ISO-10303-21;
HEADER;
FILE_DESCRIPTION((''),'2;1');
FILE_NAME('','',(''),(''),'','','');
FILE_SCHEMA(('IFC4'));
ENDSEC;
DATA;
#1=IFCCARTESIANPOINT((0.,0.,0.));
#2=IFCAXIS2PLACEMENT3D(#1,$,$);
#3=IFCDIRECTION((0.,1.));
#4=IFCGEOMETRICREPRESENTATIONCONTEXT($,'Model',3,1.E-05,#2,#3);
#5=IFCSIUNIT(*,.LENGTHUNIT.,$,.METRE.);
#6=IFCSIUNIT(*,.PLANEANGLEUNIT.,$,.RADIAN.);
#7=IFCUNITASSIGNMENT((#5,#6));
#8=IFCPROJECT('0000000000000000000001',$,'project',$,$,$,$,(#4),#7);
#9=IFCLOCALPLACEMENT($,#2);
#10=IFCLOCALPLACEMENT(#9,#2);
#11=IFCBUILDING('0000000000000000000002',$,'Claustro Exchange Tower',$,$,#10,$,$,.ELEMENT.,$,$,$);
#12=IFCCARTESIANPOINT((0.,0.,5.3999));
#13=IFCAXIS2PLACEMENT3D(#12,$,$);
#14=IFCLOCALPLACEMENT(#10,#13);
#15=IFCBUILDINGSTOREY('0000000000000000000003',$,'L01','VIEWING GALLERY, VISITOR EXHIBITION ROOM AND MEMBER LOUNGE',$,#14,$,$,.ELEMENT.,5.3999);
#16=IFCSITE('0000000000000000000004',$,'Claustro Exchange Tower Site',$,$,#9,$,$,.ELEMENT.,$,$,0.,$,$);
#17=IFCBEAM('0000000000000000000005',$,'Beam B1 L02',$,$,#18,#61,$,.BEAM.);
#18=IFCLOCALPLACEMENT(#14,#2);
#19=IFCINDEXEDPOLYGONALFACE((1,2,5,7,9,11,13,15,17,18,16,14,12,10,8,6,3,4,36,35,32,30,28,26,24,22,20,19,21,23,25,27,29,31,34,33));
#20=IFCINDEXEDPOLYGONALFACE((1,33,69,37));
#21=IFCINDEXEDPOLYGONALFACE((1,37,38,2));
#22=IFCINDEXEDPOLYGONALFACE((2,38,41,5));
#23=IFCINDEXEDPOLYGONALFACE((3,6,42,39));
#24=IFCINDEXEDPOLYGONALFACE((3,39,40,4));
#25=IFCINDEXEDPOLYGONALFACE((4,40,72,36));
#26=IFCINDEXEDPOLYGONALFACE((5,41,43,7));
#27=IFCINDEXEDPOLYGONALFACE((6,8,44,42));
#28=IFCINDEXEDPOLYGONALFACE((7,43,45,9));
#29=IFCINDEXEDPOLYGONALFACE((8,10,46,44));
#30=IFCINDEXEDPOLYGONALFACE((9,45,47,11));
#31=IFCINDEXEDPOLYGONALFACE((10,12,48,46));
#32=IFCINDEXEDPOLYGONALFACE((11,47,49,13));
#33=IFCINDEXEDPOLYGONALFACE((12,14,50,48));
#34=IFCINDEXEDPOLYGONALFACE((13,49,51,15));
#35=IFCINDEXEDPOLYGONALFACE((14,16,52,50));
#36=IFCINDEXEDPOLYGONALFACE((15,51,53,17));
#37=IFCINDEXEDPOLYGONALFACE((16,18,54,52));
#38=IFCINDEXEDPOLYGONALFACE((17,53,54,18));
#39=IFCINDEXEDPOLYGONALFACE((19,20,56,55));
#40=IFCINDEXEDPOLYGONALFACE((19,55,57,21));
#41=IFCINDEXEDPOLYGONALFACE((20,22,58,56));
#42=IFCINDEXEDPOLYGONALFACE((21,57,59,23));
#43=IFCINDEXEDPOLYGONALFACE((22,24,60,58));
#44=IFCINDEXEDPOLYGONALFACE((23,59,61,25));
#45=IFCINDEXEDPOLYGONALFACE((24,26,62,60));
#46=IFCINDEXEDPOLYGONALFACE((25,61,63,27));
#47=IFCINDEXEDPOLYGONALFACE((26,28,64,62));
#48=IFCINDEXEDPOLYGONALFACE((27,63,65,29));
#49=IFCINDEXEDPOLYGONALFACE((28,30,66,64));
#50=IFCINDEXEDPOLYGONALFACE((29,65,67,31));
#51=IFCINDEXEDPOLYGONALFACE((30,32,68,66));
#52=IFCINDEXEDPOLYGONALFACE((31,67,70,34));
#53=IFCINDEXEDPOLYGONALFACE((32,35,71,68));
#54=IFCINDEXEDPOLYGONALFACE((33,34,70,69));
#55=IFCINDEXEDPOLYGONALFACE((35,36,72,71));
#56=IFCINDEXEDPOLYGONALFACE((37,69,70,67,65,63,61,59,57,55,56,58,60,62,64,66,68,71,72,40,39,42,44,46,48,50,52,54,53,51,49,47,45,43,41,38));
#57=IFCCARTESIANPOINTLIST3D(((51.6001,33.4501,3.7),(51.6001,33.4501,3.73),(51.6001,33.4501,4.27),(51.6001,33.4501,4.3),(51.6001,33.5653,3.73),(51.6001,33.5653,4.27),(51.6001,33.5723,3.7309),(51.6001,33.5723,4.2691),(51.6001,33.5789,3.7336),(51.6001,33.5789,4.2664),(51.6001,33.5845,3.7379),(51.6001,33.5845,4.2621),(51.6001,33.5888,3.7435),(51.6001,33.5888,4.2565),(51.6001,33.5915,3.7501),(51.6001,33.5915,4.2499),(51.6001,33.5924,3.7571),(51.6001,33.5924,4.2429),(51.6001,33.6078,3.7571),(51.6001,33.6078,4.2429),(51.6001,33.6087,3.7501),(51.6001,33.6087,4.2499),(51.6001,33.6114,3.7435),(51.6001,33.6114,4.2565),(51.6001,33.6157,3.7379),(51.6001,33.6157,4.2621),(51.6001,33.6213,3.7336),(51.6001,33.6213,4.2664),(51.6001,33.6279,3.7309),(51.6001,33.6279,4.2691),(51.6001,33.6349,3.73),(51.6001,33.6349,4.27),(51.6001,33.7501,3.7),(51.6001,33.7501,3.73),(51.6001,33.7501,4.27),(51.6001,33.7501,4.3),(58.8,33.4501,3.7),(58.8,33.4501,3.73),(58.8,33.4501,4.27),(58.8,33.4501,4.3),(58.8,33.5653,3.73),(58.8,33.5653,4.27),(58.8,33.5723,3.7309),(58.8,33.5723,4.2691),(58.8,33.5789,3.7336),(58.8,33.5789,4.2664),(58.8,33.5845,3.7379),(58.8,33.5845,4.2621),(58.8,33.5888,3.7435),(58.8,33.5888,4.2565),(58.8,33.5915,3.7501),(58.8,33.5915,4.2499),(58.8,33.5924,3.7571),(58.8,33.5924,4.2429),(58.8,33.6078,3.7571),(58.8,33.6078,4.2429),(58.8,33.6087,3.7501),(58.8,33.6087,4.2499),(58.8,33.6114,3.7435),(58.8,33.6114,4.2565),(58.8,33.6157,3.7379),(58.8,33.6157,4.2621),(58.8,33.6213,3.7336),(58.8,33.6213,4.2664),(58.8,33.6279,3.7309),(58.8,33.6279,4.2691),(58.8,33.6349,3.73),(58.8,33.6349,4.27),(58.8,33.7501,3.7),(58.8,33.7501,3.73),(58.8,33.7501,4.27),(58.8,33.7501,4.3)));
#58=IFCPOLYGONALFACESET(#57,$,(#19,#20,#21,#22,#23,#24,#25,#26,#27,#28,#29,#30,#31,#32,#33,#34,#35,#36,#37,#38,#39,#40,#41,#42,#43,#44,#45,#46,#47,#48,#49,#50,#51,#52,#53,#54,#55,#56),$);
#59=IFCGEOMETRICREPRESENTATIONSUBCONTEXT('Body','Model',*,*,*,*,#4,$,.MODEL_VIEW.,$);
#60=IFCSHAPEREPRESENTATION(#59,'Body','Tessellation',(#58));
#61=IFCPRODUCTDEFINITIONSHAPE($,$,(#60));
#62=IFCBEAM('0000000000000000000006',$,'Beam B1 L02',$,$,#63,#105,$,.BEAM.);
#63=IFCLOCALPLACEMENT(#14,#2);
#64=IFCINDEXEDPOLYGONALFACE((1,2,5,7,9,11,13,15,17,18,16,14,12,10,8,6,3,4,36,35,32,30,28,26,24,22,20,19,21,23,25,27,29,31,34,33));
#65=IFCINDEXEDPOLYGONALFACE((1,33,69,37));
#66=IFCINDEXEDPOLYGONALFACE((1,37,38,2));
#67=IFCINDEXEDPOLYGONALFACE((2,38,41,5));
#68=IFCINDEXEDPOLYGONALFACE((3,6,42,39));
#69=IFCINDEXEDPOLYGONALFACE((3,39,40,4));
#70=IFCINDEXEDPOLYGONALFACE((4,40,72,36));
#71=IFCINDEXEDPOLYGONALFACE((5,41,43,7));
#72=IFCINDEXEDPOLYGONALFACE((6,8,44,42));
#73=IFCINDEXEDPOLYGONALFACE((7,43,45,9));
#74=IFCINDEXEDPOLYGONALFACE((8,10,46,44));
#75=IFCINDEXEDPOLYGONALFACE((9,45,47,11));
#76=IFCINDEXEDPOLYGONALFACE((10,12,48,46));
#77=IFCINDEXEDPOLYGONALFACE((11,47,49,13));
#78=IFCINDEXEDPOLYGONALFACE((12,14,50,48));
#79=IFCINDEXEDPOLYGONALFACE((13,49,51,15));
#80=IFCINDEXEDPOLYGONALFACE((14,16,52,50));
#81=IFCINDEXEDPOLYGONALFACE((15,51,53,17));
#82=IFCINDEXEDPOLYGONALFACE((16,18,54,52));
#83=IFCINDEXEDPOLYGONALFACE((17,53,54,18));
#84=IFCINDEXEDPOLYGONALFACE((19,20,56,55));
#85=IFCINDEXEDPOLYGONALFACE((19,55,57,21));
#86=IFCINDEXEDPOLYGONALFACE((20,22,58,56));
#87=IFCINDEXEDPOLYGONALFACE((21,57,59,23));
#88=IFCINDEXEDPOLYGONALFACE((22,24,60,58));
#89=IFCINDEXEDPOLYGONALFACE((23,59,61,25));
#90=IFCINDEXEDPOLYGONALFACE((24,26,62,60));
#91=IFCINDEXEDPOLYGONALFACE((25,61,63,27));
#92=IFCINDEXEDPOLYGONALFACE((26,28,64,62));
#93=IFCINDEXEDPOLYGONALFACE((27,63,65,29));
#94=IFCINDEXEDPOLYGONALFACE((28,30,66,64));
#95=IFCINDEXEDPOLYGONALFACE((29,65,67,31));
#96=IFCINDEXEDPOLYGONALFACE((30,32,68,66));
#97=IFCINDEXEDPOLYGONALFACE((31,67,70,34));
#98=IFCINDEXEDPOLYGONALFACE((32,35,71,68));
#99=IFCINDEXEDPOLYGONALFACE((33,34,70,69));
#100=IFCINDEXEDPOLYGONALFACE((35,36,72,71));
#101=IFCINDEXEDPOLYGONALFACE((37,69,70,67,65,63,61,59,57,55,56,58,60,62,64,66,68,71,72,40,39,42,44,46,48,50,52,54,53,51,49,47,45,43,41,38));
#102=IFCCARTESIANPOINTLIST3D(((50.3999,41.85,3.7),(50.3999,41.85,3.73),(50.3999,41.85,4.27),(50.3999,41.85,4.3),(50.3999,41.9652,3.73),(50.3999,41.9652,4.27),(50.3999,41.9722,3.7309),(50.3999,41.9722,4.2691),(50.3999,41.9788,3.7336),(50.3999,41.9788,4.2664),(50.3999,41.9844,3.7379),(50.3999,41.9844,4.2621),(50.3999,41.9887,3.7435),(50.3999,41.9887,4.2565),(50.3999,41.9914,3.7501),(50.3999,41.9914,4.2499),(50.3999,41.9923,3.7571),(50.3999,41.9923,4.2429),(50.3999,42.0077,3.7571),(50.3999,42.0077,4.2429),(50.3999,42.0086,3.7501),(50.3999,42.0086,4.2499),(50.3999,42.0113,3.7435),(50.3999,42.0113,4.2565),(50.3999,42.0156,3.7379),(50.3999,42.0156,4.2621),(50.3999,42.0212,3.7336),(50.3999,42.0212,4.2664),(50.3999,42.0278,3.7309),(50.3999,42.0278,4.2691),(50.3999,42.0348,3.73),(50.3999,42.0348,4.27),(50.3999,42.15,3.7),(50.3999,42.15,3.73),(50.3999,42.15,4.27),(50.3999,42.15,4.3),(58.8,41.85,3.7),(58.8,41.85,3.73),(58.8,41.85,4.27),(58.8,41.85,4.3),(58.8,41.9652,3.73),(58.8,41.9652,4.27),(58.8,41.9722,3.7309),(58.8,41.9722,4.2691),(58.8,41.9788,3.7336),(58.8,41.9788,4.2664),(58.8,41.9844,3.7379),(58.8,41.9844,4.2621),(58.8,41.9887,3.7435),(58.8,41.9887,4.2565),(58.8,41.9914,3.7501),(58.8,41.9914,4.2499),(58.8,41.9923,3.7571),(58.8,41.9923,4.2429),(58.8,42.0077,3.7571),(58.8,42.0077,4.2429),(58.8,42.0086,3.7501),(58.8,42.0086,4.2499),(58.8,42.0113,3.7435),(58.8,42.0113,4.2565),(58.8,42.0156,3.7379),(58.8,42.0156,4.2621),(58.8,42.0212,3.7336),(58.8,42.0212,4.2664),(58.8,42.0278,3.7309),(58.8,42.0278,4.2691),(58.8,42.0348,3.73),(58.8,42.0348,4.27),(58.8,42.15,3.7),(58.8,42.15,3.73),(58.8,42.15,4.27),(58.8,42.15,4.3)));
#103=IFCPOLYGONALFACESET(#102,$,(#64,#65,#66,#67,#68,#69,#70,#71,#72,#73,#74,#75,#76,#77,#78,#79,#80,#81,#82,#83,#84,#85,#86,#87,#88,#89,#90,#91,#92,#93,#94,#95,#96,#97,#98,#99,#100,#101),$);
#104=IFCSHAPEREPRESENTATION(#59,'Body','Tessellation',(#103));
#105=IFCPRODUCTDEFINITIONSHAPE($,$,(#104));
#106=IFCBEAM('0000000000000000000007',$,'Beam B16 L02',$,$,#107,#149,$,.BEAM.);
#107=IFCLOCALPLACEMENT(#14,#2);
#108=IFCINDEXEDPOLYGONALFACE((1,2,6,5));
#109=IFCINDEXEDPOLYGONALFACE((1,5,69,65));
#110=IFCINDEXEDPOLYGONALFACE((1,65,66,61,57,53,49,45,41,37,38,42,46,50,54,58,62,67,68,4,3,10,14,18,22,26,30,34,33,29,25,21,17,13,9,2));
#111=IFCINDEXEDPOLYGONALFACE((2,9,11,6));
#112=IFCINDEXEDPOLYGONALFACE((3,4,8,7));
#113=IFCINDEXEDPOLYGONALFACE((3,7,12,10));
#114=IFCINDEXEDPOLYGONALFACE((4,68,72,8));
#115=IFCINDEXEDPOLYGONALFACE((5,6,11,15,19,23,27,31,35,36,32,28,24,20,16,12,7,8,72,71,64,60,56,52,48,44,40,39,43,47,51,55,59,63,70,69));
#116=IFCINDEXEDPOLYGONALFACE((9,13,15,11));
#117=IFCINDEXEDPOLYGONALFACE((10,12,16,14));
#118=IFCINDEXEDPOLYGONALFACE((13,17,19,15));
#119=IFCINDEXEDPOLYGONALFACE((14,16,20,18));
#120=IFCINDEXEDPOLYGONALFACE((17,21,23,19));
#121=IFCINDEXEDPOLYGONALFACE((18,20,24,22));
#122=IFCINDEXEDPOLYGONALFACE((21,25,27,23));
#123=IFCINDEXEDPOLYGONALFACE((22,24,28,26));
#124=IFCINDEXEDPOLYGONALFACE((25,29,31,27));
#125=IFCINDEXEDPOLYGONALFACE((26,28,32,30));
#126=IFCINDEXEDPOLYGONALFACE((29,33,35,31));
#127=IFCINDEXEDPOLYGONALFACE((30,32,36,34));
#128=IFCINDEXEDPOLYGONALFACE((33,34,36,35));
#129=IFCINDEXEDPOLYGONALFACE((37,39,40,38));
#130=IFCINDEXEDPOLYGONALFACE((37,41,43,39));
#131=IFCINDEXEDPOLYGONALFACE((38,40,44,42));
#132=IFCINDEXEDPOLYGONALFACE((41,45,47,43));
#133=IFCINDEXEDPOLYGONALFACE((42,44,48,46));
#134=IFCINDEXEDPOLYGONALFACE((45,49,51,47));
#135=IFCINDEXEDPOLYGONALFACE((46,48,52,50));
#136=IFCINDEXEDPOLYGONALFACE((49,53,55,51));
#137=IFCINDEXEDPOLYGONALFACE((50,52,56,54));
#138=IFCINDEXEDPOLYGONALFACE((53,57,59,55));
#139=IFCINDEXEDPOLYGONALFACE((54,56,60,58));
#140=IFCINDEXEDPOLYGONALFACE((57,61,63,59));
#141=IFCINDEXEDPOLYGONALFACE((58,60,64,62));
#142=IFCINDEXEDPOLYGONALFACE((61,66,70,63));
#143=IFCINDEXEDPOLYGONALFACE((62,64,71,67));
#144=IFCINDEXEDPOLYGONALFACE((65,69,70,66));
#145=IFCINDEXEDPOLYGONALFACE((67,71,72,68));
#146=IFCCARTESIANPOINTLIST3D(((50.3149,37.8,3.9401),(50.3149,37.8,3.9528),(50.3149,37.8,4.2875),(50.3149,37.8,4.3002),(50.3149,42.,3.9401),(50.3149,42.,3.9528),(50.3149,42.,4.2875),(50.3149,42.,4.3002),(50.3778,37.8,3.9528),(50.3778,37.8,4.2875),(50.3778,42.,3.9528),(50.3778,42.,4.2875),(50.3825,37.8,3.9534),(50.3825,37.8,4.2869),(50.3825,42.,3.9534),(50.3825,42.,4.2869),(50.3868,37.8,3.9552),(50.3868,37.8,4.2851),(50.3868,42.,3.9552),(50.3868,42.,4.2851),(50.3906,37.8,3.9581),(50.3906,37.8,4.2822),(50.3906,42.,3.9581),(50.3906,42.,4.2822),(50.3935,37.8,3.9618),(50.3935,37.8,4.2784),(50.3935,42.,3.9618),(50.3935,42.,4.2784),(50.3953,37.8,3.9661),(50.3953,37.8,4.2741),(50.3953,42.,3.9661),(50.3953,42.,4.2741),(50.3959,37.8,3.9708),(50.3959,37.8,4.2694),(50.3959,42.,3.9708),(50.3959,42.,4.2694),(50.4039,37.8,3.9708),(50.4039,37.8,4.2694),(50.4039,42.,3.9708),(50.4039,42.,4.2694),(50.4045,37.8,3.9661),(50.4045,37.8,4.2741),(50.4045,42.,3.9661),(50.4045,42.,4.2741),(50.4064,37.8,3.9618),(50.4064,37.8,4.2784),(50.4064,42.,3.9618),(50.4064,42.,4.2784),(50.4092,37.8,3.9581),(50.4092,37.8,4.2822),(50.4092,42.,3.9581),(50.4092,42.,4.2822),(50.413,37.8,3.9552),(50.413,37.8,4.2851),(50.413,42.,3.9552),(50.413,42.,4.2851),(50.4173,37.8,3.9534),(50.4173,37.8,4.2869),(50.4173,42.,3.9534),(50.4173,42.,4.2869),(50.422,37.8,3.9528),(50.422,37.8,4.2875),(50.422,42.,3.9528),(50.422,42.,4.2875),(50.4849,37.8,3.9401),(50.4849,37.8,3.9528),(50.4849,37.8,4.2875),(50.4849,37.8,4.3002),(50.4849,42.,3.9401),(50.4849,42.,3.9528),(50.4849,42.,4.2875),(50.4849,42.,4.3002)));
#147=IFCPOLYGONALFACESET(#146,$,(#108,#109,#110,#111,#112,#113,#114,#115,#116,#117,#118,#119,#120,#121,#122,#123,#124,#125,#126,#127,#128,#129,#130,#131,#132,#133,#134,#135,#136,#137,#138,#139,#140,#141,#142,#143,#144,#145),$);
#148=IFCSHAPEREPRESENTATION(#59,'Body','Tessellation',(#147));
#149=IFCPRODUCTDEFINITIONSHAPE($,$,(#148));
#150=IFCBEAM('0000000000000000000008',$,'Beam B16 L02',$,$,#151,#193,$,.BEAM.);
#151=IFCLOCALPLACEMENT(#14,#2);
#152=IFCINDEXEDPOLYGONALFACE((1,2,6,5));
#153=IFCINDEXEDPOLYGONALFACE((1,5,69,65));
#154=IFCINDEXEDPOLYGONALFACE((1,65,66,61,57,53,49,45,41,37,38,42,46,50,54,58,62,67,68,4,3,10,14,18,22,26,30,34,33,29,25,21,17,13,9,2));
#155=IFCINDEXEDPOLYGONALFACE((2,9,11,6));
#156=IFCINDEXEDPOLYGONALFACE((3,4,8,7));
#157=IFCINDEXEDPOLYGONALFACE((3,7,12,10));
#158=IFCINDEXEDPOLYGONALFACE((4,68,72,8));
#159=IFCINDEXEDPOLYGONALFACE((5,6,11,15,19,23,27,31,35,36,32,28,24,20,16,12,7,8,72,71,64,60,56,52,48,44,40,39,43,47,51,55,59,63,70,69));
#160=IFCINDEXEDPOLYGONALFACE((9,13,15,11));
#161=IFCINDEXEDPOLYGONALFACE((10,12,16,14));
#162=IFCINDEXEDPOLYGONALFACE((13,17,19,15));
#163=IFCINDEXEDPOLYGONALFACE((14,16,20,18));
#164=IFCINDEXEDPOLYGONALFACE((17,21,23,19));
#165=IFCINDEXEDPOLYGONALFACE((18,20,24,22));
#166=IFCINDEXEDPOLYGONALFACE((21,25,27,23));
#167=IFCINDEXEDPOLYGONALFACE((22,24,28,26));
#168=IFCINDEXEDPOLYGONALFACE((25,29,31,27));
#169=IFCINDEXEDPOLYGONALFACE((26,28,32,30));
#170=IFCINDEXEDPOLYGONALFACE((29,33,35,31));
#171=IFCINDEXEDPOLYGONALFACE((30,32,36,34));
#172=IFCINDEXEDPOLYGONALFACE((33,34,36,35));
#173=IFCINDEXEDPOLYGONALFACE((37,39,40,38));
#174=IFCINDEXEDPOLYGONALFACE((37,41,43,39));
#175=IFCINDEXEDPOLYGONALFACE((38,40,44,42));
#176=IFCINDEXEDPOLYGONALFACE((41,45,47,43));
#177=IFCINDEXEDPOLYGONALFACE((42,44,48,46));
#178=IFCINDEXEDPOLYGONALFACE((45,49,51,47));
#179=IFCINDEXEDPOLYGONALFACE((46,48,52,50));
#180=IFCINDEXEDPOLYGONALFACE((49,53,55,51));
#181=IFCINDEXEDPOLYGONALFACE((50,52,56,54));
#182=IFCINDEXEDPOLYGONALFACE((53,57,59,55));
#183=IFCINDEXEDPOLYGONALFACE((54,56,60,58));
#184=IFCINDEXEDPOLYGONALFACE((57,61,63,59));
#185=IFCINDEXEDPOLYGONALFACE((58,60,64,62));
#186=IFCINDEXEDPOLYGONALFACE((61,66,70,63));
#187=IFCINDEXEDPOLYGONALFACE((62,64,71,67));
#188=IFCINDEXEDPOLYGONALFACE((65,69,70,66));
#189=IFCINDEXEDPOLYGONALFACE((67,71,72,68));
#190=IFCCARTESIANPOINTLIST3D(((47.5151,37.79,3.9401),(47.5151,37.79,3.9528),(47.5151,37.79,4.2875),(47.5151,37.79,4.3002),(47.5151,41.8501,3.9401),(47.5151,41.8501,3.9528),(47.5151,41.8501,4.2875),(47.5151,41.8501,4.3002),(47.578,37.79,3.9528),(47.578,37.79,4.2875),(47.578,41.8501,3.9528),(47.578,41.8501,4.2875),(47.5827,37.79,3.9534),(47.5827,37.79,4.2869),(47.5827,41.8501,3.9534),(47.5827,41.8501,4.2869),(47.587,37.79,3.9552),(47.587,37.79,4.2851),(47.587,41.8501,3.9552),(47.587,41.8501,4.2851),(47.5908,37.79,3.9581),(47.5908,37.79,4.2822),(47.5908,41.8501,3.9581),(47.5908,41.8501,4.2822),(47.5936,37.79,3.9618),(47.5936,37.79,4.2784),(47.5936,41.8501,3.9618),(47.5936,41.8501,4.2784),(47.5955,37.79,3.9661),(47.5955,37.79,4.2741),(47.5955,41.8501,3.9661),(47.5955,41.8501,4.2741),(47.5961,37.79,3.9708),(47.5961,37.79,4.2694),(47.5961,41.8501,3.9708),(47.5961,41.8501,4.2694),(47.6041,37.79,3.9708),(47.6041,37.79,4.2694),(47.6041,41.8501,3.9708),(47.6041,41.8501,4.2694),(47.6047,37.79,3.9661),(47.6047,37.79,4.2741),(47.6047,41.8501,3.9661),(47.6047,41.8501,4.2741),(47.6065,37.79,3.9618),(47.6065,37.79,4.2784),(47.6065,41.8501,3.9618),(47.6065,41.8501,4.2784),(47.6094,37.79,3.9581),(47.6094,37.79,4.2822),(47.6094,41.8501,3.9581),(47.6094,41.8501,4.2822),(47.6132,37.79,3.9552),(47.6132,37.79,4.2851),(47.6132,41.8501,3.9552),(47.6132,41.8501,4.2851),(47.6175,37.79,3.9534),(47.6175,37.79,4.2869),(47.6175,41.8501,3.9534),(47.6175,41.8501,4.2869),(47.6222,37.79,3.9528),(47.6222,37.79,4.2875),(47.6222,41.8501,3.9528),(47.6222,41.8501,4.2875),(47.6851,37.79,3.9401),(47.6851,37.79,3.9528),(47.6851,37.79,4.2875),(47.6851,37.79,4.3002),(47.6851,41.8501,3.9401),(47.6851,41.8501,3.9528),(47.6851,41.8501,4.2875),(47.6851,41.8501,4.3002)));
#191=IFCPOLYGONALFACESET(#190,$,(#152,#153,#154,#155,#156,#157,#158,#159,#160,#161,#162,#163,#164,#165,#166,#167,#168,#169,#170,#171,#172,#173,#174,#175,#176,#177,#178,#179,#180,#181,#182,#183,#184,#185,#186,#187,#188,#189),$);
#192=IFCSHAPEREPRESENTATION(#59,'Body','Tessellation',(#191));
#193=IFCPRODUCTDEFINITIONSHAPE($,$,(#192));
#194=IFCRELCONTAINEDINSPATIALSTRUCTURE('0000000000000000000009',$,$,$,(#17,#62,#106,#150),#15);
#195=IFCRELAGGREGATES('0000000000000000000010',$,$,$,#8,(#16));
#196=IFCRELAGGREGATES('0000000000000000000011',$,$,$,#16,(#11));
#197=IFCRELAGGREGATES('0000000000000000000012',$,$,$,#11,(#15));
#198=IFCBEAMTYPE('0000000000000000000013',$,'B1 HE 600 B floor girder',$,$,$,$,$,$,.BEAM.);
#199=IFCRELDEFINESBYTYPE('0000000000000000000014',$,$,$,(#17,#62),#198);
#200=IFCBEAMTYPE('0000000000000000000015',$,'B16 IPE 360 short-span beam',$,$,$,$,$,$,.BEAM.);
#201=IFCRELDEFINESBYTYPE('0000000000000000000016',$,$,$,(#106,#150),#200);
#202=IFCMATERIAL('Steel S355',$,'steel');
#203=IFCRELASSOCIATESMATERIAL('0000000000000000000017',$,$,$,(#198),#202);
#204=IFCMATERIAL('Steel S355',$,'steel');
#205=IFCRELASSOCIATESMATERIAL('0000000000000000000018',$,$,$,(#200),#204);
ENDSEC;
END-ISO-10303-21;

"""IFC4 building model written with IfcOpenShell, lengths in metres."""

from ifc_helpers import new_model, si_unit, direction, frame, origin, origin_2d, place, context, subcontext, project, spatial, i_section, extrude, material, material_profile, profile_set, type_object, element, save


model = new_model("IFC4")

# Units and contexts
model_context = context("Model", 3, precision=1e-05, world=origin(), true_north=direction((0.0, 1.0)))
body_context = subcontext(model_context, "Body", "Model", "MODEL_VIEW")
ifc_project = project(units=[si_unit("LENGTHUNIT", "METRE"), si_unit("PLANEANGLEUNIT", "RADIAN")], contexts=[model_context])

# Site, building, storey
site_placement = place(None, origin())
site = spatial("IfcSite", under=ifc_project, at=site_placement, Name="Claustro Exchange Tower Site", CompositionType="ELEMENT", RefElevation=0.0)
building_placement = place(site_placement, origin())
building = spatial("IfcBuilding", under=site, at=building_placement, Name="Claustro Exchange Tower", CompositionType="ELEMENT")
storey_placement = place(building_placement, frame((0.0, 0.0, 5.3999)))
storey = spatial("IfcBuildingStorey", under=building, at=storey_placement, Name="L01", Description="VIEWING GALLERY, VISITOR EXHIBITION ROOM AND MEMBER LOUNGE", CompositionType="ELEMENT", Elevation=5.3999)

# Beams
ifc_material_1 = material(Name="Steel S355", Category="steel")
ifc_material_profile_1 = material_profile(ifc_material_1, i_section(OverallWidth=0.3, OverallDepth=0.6001, WebThickness=0.0154, FlangeThickness=0.03, FilletRadius=0.0271, at=origin_2d()), Name="HE 600 B")
ifc_profile_set_1 = profile_set([ifc_material_profile_1], Name="Steel S355")
beam_type_1 = type_object("IfcBeamType", Name="B1 HE 600 B floor girder", PredefinedType="BEAM", material=ifc_profile_set_1)
beam_1_placement = place(storey_placement, frame((51.6001, 33.6001, 4.0), z_axis=(1.0, 0.0, 0.0), x_axis=(0.0, 1.0, 0.0)))
element("IfcBeam", 1, at=beam_1_placement, inside=storey, type_object=beam_type_1, Name="Beam B1 L02", PredefinedType="BEAM", context=body_context, shape_type="SweptSolid", body=[
    extrude(i_section(OverallWidth=0.3, OverallDepth=0.6001, WebThickness=0.0154, FlangeThickness=0.03, FilletRadius=0.0271, at=origin_2d()), origin(), (0.0, 0.0, 1.0), 7.2),
])
beam_2_placement = place(storey_placement, frame((50.3999, 42.0, 4.0), z_axis=(1.0, 0.0, 0.0), x_axis=(0.0, 1.0, 0.0)))
element("IfcBeam", 2, at=beam_2_placement, inside=storey, type_object=beam_type_1, Name="Beam B1 L02", PredefinedType="BEAM", context=body_context, shape_type="SweptSolid", body=[
    extrude(i_section(OverallWidth=0.3, OverallDepth=0.6001, WebThickness=0.0154, FlangeThickness=0.03, FilletRadius=0.0271, at=origin_2d()), origin(), (0.0, 0.0, 1.0), 8.4001),
])
ifc_material_2 = material(Name="Steel S355", Category="steel")
ifc_material_profile_2 = material_profile(ifc_material_2, i_section(OverallWidth=0.1699, OverallDepth=0.3601, WebThickness=0.0081, FlangeThickness=0.0127, FilletRadius=0.0181, at=origin_2d()), Name="IPE 360")
ifc_profile_set_2 = profile_set([ifc_material_profile_2], Name="Steel S355")
beam_type_2 = type_object("IfcBeamType", Name="B16 IPE 360 short-span beam", PredefinedType="BEAM", material=ifc_profile_set_2)
beam_3_placement = place(storey_placement, frame((50.3999, 37.8, 4.1201), z_axis=(0.0, 1.0, 0.0), x_axis=(-1.0, 0.0, 0.0)))
element("IfcBeam", 3, at=beam_3_placement, inside=storey, type_object=beam_type_2, Name="Beam B16 L02", PredefinedType="BEAM", context=body_context, shape_type="SweptSolid", body=[
    extrude(i_section(OverallWidth=0.1699, OverallDepth=0.3601, WebThickness=0.0081, FlangeThickness=0.0127, FilletRadius=0.0181, at=origin_2d()), origin(), (0.0, 0.0, 1.0), 4.2),
])
beam_4_placement = place(storey_placement, frame((47.6001, 37.79, 4.1201), z_axis=(0.0, 1.0, 0.0), x_axis=(-1.0, 0.0, 0.0)))
element("IfcBeam", 4, at=beam_4_placement, inside=storey, type_object=beam_type_2, Name="Beam B16 L02", PredefinedType="BEAM", context=body_context, shape_type="SweptSolid", body=[
    extrude(i_section(OverallWidth=0.1699, OverallDepth=0.3601, WebThickness=0.0081, FlangeThickness=0.0127, FilletRadius=0.0181, at=origin_2d()), origin(), (0.0, 0.0, 1.0), 4.0601),
])

save(model, "model.ifc")
